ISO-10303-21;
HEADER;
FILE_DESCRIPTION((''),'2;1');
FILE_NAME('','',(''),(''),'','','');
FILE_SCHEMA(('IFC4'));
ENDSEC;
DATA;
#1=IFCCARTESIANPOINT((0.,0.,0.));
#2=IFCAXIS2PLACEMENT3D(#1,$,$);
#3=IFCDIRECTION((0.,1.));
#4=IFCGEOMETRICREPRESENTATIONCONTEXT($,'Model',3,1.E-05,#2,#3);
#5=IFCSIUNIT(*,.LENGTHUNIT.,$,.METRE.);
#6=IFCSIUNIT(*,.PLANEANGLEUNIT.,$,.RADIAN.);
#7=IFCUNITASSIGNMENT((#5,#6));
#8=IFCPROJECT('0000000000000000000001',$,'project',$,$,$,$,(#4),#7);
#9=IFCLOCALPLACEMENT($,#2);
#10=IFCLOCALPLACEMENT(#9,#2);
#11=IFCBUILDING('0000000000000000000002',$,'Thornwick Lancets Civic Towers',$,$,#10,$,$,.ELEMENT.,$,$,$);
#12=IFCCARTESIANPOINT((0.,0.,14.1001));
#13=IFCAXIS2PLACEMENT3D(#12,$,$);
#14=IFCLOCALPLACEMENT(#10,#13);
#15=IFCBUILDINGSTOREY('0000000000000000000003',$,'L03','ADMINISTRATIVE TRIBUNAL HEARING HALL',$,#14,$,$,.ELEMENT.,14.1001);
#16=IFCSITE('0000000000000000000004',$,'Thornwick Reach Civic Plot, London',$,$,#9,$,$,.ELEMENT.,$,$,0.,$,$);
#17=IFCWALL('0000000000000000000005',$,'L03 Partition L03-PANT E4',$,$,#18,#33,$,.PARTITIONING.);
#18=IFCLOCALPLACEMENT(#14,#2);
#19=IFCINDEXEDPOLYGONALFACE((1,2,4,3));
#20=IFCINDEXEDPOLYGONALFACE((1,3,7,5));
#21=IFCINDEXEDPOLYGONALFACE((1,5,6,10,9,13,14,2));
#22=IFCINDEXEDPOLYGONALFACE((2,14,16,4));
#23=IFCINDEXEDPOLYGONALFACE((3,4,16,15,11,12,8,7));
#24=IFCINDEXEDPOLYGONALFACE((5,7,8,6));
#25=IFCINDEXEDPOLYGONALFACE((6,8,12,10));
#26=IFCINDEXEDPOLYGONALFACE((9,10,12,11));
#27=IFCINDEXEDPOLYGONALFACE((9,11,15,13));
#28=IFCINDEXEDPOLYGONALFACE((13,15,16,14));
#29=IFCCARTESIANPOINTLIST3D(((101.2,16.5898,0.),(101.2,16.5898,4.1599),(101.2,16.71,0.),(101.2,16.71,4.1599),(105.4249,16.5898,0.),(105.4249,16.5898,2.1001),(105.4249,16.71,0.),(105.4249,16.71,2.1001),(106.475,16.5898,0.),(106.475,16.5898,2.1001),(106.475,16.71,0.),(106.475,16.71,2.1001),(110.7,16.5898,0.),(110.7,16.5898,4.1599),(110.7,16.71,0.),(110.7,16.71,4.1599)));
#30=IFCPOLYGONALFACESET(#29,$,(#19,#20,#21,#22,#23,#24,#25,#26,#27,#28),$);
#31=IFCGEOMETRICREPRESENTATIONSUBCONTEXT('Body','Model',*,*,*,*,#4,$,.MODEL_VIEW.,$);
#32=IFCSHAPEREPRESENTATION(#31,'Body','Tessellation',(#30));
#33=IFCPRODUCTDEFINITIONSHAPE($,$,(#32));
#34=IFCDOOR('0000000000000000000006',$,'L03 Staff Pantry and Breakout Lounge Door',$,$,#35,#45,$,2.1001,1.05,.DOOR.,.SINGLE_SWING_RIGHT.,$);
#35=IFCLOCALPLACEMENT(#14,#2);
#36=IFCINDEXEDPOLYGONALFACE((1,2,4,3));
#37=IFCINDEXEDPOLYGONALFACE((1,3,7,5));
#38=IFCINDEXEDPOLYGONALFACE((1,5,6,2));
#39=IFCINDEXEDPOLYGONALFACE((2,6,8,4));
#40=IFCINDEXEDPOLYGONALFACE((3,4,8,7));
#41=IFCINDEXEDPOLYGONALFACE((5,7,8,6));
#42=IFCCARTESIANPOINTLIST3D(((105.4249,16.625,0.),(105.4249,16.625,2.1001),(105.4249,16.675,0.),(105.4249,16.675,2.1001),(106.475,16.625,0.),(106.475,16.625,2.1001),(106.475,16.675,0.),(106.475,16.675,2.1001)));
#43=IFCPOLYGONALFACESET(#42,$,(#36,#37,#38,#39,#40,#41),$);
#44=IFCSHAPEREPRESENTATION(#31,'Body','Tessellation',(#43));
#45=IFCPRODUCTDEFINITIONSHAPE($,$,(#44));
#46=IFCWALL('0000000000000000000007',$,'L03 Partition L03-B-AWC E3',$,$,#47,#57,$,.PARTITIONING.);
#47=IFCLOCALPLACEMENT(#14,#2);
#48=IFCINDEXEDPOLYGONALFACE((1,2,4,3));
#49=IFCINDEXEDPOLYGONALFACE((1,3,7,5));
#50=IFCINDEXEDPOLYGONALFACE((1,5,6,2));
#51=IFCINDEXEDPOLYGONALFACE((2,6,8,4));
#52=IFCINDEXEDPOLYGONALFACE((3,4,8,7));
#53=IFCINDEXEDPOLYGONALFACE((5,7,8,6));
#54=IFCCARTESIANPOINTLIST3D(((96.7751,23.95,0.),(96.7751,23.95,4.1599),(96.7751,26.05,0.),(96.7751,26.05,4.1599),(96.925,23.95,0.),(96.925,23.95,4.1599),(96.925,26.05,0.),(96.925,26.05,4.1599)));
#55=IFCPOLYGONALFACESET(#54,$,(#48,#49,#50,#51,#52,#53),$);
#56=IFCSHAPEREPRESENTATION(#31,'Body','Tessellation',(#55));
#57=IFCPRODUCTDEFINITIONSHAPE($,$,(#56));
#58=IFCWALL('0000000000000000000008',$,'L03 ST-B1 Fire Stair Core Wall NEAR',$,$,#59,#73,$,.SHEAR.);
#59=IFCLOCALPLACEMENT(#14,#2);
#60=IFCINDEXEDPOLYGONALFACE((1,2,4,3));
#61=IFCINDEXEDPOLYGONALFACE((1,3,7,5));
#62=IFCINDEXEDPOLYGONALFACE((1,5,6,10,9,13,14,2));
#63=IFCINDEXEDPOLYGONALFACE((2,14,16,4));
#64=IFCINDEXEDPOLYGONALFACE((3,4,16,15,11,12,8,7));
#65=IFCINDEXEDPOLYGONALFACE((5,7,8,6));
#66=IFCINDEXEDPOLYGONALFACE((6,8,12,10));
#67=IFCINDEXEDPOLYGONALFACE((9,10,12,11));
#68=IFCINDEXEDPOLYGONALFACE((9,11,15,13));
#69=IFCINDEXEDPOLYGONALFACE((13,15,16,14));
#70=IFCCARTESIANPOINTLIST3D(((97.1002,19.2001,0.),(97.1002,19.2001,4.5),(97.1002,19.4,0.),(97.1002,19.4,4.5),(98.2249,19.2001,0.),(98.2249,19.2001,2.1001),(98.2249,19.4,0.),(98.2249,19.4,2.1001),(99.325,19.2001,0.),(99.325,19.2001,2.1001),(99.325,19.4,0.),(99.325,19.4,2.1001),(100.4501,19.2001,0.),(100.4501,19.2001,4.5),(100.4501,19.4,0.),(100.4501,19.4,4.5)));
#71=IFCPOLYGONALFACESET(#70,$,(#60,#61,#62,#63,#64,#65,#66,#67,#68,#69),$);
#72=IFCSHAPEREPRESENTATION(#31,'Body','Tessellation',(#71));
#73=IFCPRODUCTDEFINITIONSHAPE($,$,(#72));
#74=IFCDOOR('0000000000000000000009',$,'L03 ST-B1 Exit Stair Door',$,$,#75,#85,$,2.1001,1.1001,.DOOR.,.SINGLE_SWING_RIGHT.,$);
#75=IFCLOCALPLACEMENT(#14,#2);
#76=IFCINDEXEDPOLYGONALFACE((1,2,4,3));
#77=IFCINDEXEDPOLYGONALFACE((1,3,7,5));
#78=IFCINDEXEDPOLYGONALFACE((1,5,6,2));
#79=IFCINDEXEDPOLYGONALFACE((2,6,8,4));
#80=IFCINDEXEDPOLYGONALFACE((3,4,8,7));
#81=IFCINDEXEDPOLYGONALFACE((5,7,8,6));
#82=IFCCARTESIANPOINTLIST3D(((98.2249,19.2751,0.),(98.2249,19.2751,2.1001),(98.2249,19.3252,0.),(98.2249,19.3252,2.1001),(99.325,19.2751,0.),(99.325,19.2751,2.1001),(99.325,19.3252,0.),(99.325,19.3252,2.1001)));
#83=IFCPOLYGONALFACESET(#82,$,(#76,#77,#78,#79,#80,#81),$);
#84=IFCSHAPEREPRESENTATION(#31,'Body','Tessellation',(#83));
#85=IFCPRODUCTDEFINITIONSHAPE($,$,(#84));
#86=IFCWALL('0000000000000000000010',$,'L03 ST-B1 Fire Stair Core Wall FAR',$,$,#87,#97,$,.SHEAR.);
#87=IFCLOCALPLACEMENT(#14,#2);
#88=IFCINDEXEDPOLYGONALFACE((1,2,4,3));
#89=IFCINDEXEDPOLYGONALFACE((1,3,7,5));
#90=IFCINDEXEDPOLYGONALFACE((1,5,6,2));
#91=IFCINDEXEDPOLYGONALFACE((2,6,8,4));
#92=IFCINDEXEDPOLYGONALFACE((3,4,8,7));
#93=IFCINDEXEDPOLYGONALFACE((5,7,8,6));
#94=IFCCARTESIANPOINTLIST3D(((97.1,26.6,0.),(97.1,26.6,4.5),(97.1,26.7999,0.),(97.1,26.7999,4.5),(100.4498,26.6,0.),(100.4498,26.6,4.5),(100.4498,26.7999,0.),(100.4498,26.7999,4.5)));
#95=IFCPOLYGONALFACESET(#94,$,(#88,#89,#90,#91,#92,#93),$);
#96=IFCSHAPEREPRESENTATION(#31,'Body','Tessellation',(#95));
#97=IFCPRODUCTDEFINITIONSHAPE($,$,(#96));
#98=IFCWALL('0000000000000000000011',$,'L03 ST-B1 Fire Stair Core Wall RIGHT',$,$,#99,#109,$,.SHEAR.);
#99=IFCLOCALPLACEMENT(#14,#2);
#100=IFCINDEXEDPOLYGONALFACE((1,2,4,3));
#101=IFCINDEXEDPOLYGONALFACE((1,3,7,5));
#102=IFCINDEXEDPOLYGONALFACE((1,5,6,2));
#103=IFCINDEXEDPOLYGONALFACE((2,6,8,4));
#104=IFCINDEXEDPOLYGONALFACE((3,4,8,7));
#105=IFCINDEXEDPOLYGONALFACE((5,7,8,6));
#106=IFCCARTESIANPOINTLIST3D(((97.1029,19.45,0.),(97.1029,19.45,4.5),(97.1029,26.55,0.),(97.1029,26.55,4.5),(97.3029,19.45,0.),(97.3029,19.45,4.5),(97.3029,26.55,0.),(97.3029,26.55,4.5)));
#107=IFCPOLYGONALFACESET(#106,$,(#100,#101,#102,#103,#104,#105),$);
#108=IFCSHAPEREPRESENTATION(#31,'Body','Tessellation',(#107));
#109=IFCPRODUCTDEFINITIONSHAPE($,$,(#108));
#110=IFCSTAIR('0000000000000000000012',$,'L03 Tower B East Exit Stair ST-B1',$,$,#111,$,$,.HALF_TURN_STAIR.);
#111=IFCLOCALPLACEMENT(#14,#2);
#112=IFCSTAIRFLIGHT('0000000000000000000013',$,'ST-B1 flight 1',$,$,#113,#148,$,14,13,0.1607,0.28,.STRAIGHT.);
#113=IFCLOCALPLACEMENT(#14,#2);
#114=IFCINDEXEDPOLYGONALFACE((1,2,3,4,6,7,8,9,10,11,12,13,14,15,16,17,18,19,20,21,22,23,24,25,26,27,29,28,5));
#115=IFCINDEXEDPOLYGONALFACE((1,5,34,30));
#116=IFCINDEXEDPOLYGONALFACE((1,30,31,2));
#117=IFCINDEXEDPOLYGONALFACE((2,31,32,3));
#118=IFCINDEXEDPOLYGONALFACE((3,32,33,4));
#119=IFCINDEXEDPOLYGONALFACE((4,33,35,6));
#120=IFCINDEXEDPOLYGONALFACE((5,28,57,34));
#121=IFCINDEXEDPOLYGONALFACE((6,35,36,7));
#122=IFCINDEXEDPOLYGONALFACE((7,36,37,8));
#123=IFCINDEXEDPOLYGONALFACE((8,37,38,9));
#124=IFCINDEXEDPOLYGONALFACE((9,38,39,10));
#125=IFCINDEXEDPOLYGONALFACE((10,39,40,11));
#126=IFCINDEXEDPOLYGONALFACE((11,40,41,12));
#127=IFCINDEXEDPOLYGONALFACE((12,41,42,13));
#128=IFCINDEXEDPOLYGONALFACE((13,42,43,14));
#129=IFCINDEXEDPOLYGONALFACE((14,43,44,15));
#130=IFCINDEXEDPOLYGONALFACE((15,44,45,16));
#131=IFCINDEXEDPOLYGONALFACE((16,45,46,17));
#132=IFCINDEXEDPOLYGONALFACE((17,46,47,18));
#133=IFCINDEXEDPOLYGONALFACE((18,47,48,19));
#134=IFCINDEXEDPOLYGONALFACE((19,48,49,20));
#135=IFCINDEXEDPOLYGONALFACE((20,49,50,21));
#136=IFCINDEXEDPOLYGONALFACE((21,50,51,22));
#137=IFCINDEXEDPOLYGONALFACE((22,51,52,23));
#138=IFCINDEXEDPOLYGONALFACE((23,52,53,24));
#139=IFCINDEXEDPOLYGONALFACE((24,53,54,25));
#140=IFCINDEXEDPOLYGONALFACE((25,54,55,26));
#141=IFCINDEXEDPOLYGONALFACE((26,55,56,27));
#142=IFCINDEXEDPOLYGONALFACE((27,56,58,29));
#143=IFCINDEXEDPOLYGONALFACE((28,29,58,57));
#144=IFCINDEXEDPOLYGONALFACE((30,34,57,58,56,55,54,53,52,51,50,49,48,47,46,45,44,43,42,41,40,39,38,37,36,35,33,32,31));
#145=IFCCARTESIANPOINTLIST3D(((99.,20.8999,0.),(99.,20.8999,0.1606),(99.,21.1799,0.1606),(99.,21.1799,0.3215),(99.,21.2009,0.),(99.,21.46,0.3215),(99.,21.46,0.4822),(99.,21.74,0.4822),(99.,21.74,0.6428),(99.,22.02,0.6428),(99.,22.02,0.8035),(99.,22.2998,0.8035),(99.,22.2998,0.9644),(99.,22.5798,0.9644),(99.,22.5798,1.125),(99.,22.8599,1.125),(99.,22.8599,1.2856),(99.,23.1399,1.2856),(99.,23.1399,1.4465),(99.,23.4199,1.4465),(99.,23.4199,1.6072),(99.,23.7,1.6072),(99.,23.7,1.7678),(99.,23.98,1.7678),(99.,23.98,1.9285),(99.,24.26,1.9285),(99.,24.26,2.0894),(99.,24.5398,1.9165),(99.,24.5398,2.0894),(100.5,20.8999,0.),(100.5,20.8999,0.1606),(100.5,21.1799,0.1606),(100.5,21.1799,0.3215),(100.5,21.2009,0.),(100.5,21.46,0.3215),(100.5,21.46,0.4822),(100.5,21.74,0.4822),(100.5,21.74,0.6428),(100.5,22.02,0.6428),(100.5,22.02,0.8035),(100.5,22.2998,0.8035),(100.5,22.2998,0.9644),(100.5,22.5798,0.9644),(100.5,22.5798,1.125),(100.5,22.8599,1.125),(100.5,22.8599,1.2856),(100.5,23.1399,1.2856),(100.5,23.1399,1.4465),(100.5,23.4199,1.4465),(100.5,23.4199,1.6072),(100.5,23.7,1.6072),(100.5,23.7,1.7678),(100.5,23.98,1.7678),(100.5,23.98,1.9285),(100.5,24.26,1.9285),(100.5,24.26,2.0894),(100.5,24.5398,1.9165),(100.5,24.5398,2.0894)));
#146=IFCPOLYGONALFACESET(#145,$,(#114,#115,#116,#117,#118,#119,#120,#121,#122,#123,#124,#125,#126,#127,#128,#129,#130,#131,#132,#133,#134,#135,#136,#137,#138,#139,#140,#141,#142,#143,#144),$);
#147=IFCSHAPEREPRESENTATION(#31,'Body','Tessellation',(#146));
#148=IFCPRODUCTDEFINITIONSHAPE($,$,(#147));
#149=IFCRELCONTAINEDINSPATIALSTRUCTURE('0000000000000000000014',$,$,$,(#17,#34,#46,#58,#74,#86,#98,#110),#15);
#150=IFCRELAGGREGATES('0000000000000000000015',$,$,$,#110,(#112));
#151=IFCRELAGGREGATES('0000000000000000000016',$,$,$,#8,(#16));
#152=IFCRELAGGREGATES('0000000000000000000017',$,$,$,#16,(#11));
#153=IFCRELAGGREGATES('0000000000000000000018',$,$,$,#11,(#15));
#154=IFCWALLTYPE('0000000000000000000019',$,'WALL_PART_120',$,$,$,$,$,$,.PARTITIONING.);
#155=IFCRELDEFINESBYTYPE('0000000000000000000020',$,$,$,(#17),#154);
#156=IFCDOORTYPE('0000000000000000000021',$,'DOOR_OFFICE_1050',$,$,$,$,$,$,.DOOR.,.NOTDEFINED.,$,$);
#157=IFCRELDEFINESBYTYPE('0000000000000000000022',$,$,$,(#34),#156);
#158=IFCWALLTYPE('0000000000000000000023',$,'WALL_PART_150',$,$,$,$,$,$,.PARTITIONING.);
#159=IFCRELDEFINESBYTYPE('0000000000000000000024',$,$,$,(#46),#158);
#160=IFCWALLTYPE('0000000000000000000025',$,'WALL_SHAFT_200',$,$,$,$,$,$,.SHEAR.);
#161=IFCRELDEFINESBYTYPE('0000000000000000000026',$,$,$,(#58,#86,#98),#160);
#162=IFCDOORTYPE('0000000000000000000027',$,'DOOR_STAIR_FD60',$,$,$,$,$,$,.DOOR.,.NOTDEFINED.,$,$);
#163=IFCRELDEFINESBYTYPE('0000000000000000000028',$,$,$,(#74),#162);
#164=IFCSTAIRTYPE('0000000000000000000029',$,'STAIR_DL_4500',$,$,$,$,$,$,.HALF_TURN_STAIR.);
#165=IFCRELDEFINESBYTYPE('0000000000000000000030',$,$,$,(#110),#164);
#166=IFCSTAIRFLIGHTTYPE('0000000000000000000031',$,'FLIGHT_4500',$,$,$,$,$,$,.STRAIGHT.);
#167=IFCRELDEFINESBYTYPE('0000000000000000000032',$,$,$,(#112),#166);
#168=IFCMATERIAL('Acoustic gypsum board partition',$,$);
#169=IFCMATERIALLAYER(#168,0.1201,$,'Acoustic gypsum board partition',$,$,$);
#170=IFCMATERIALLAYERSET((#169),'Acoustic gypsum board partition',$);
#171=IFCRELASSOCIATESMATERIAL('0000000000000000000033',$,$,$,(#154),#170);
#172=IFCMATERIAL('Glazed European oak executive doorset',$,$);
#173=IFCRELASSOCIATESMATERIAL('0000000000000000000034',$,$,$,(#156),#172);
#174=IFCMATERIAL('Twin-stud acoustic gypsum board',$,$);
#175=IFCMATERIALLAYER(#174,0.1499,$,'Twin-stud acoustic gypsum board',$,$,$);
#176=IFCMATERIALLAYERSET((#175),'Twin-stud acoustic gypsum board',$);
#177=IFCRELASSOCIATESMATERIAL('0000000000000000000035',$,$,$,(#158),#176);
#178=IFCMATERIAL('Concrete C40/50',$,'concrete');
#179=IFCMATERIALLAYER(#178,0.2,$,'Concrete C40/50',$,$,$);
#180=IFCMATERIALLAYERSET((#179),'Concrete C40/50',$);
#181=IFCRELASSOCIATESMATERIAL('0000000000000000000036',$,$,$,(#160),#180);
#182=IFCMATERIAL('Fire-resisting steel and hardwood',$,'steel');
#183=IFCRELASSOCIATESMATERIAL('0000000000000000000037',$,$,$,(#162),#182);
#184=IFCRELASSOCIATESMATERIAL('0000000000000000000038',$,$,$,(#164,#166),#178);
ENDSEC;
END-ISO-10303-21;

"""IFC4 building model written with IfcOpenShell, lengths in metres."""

from ifc_helpers import new_model, si_unit, direction, frame, frame_2d, origin, place, context, subcontext, project, spatial, polyline, rectangle, outline, extrude, material, layer, layer_set, type_object, element, fill, aggregate, save


model = new_model("IFC4")

# Units and contexts
model_context = context("Model", 3, precision=1e-05, world=origin(), true_north=direction((0.0, 1.0)))
body_context = subcontext(model_context, "Body", "Model", "MODEL_VIEW")
ifc_project = project(units=[si_unit("LENGTHUNIT", "METRE"), si_unit("PLANEANGLEUNIT", "RADIAN")], contexts=[model_context])

# Site, building, storey
site_placement = place(None, origin())
site = spatial("IfcSite", under=ifc_project, at=site_placement, Name="Thornwick Reach Civic Plot, London", CompositionType="ELEMENT", RefElevation=0.0)
building_placement = place(site_placement, origin())
building = spatial("IfcBuilding", under=site, at=building_placement, Name="Thornwick Lancets Civic Towers", CompositionType="ELEMENT")
storey_placement = place(building_placement, frame((0.0, 0.0, 14.1001)))
storey = spatial("IfcBuildingStorey", under=building, at=storey_placement, Name="L03", Description="ADMINISTRATIVE TRIBUNAL HEARING HALL", CompositionType="ELEMENT", Elevation=14.1001)

# Shared definitions
ifc_material_1 = material(Name="Concrete C40/50", Category="concrete")

# Shared definitions
ifc_material_2 = material(Name="Acoustic gypsum board partition")
ifc_layer_1 = layer(ifc_material_2, 0.1201, Name="Acoustic gypsum board partition")
ifc_layer_set_1 = layer_set([ifc_layer_1], Name="Acoustic gypsum board partition")
wall_type_1 = type_object("IfcWallType", Name="WALL_PART_120", PredefinedType="PARTITIONING", material=ifc_layer_set_1)

# Wall, opening, door
wall_1_placement = place(storey_placement, frame((110.7, 16.6499, 0.0), z_axis=(0.0, 0.0, 1.0), x_axis=(-1.0, 0.0, 0.0)))
wall_1 = element("IfcWall", 1, at=wall_1_placement, inside=storey, type_object=wall_type_1, Name="L03 Partition L03-PANT E4", PredefinedType="PARTITIONING", context=body_context, shape_type="SweptSolid", body=[
    extrude(rectangle(XDim=9.5, YDim=0.1201, at=frame_2d((4.75, 0.0))), origin(), (0.0, 0.0, 1.0), 4.1599),
])
opening_1_placement = place(wall_1_placement, frame((4.2251, 0.0, 0.0)))
opening_1 = element("IfcOpeningElement", 2, at=opening_1_placement, cuts=wall_1, PredefinedType="OPENING", context=body_context, shape_type="SweptSolid", body=[
    extrude(rectangle(XDim=1.05, YDim=2.1001, at=frame_2d((0.5249, 1.05))), frame((0.0, 0.0701, 0.0), z_axis=(0.0, -1.0, 0.0), x_axis=(1.0, 0.0, 0.0)), (0.0, 0.0, 1.0), 0.1401),
])
ifc_material_3 = material(Name="Glazed European oak executive doorset")
door_type_1 = type_object("IfcDoorType", Name="DOOR_OFFICE_1050", OperationType="NOTDEFINED", PredefinedType="DOOR", material=ifc_material_3)
door_1_placement = place(opening_1_placement, origin())
door_1 = element("IfcDoor", 3, at=door_1_placement, inside=storey, type_object=door_type_1, Name="L03 Staff Pantry and Breakout Lounge Door", OperationType="SINGLE_SWING_RIGHT", OverallHeight=2.1001, OverallWidth=1.05, PredefinedType="DOOR", context=body_context, shape_type="SweptSolid", body=[
    extrude(rectangle(XDim=1.05, YDim=2.1001, at=frame_2d((0.5249, 1.05))), frame((0.0, 0.0249, 0.0), z_axis=(0.0, -1.0, 0.0), x_axis=(1.0, 0.0, 0.0)), (0.0, 0.0, 1.0), 0.05),
])
fill(opening_1, door_1)

# Wall
ifc_material_4 = material(Name="Twin-stud acoustic gypsum board")
ifc_layer_2 = layer(ifc_material_4, 0.1499, Name="Twin-stud acoustic gypsum board")
ifc_layer_set_2 = layer_set([ifc_layer_2], Name="Twin-stud acoustic gypsum board")
wall_type_2 = type_object("IfcWallType", Name="WALL_PART_150", PredefinedType="PARTITIONING", material=ifc_layer_set_2)
wall_2_placement = place(storey_placement, frame((96.8501, 26.05, 0.0), z_axis=(0.0, 0.0, 1.0), x_axis=(0.0, -1.0, 0.0)))
element("IfcWall", 4, at=wall_2_placement, inside=storey, type_object=wall_type_2, Name="L03 Partition L03-B-AWC E3", PredefinedType="PARTITIONING", context=body_context, shape_type="SweptSolid", body=[
    extrude(rectangle(XDim=2.1001, YDim=0.1499, at=frame_2d((1.05, 0.0))), origin(), (0.0, 0.0, 1.0), 4.1599),
])

# Wall, opening, door
ifc_layer_3 = layer(ifc_material_1, 0.2, Name="Concrete C40/50")
ifc_layer_set_3 = layer_set([ifc_layer_3], Name="Concrete C40/50")
wall_type_3 = type_object("IfcWallType", Name="WALL_SHAFT_200", PredefinedType="SHEAR", material=ifc_layer_set_3)
wall_3_placement = place(storey_placement, frame((100.45, 19.3, 0.0), z_axis=(0.0, 0.0, 1.0), x_axis=(-1.0, 0.0, 0.0)))
wall_3 = element("IfcWall", 5, at=wall_3_placement, inside=storey, type_object=wall_type_3, Name="L03 ST-B1 Fire Stair Core Wall NEAR", PredefinedType="SHEAR", context=body_context, shape_type="SweptSolid", body=[
    extrude(rectangle(XDim=3.3499, YDim=0.2, at=frame_2d((1.6748, 0.0))), origin(), (0.0, 0.0, 1.0), 4.5),
])
opening_2_placement = place(wall_3_placement, frame((1.125, 0.0, 0.0)))
opening_2 = element("IfcOpeningElement", 6, at=opening_2_placement, cuts=wall_3, PredefinedType="OPENING", context=body_context, shape_type="SweptSolid", body=[
    extrude(rectangle(XDim=1.1001, YDim=2.1001, at=frame_2d((0.55, 1.05))), frame((0.0, 0.1099, 0.0), z_axis=(0.0, -1.0, 0.0), x_axis=(1.0, 0.0, 0.0)), (0.0, 0.0, 1.0), 0.22),
])
ifc_material_5 = material(Name="Fire-resisting steel and hardwood", Category="steel")
door_type_2 = type_object("IfcDoorType", Name="DOOR_STAIR_FD60", OperationType="NOTDEFINED", PredefinedType="DOOR", material=ifc_material_5)
door_2_placement = place(opening_2_placement, origin())
door_2 = element("IfcDoor", 7, at=door_2_placement, inside=storey, type_object=door_type_2, Name="L03 ST-B1 Exit Stair Door", OperationType="SINGLE_SWING_RIGHT", OverallHeight=2.1001, OverallWidth=1.1001, PredefinedType="DOOR", context=body_context, shape_type="SweptSolid", body=[
    extrude(rectangle(XDim=1.1001, YDim=2.1001, at=frame_2d((0.55, 1.05))), frame((0.0, 0.0249, 0.0), z_axis=(0.0, -1.0, 0.0), x_axis=(1.0, 0.0, 0.0)), (0.0, 0.0, 1.0), 0.05),
])
fill(opening_2, door_2)

# Walls
wall_4_placement = place(storey_placement, frame((97.1001, 26.7, 0.0), z_axis=(0.0, 0.0, 1.0), x_axis=(1.0, 0.0, 0.0)))
element("IfcWall", 8, at=wall_4_placement, inside=storey, type_object=wall_type_3, Name="L03 ST-B1 Fire Stair Core Wall FAR", PredefinedType="SHEAR", context=body_context, shape_type="SweptSolid", body=[
    extrude(rectangle(XDim=3.3499, YDim=0.2, at=frame_2d((1.6748, 0.0))), origin(), (0.0, 0.0, 1.0), 4.5),
])
wall_5_placement = place(storey_placement, frame((97.2029, 26.55, 0.0), z_axis=(0.0, 0.0, 1.0), x_axis=(0.0, -1.0, 0.0)))
element("IfcWall", 9, at=wall_5_placement, inside=storey, type_object=wall_type_3, Name="L03 ST-B1 Fire Stair Core Wall RIGHT", PredefinedType="SHEAR", context=body_context, shape_type="SweptSolid", body=[
    extrude(rectangle(XDim=7.1001, YDim=0.2, at=frame_2d((3.55, 0.0))), origin(), (0.0, 0.0, 1.0), 4.5),
])

# Stair, stair flight
stair_type = type_object("IfcStairType", Name="STAIR_DL_4500", PredefinedType="HALF_TURN_STAIR", material=ifc_material_1)
stair_placement = place(storey_placement, origin())
stair = element("IfcStair", 10, at=stair_placement, inside=storey, type_object=stair_type, Name="L03 Tower B East Exit Stair ST-B1", PredefinedType="HALF_TURN_STAIR")
stair_flight_type = type_object("IfcStairFlightType", Name="FLIGHT_4500", PredefinedType="STRAIGHT", material=ifc_material_1)
stair_flight_1_placement = place(storey_placement, frame((99.75, 20.8999, 0.0), z_axis=(0.0, 0.0, 1.0), x_axis=(0.0, 1.0, 0.0)))
stair_flight_1 = element("IfcStairFlight", 11, at=stair_flight_1_placement, type_object=stair_flight_type, Name="ST-B1 flight 1", NumberOfRisers=14, NumberOfTreads=13, PredefinedType="STRAIGHT", RiserHeight=0.1607, TreadLength=0.28, context=body_context, shape_type="SweptSolid", body=[
    extrude(outline(polyline([(0.0, 0.0), (0.0, 0.1606), (0.28, 0.1606), (0.28, 0.3215), (0.5601, 0.3215), (0.5601, 0.4822), (0.8401, 0.4822), (0.8401, 0.6428), (1.1201, 0.6428), (1.1201, 0.8035), (1.3999, 0.8035), (1.3999, 0.9644), (1.6799, 0.9644), (1.6799, 1.125), (1.96, 1.125), (1.96, 1.2856), (2.24, 1.2856), (2.24, 1.4465), (2.52, 1.4465), (2.52, 1.6072), (2.8, 1.6072), (2.8, 1.7678), (3.0801, 1.7678), (3.0801, 1.9285), (3.3601, 1.9285), (3.3601, 2.0894), (3.6399, 2.0894), (3.6399, 2.25), (3.6399, 1.9165), (0.301, 0.0), (0.0, 0.0)])), frame((0.0, 0.75, 0.0), z_axis=(0.0, -1.0, 0.0), x_axis=(1.0, 0.0, 0.0)), (0.0, 0.0, 1.0), 1.5),
])
aggregate(stair, [stair_flight_1])

save(model, "model.ifc")
